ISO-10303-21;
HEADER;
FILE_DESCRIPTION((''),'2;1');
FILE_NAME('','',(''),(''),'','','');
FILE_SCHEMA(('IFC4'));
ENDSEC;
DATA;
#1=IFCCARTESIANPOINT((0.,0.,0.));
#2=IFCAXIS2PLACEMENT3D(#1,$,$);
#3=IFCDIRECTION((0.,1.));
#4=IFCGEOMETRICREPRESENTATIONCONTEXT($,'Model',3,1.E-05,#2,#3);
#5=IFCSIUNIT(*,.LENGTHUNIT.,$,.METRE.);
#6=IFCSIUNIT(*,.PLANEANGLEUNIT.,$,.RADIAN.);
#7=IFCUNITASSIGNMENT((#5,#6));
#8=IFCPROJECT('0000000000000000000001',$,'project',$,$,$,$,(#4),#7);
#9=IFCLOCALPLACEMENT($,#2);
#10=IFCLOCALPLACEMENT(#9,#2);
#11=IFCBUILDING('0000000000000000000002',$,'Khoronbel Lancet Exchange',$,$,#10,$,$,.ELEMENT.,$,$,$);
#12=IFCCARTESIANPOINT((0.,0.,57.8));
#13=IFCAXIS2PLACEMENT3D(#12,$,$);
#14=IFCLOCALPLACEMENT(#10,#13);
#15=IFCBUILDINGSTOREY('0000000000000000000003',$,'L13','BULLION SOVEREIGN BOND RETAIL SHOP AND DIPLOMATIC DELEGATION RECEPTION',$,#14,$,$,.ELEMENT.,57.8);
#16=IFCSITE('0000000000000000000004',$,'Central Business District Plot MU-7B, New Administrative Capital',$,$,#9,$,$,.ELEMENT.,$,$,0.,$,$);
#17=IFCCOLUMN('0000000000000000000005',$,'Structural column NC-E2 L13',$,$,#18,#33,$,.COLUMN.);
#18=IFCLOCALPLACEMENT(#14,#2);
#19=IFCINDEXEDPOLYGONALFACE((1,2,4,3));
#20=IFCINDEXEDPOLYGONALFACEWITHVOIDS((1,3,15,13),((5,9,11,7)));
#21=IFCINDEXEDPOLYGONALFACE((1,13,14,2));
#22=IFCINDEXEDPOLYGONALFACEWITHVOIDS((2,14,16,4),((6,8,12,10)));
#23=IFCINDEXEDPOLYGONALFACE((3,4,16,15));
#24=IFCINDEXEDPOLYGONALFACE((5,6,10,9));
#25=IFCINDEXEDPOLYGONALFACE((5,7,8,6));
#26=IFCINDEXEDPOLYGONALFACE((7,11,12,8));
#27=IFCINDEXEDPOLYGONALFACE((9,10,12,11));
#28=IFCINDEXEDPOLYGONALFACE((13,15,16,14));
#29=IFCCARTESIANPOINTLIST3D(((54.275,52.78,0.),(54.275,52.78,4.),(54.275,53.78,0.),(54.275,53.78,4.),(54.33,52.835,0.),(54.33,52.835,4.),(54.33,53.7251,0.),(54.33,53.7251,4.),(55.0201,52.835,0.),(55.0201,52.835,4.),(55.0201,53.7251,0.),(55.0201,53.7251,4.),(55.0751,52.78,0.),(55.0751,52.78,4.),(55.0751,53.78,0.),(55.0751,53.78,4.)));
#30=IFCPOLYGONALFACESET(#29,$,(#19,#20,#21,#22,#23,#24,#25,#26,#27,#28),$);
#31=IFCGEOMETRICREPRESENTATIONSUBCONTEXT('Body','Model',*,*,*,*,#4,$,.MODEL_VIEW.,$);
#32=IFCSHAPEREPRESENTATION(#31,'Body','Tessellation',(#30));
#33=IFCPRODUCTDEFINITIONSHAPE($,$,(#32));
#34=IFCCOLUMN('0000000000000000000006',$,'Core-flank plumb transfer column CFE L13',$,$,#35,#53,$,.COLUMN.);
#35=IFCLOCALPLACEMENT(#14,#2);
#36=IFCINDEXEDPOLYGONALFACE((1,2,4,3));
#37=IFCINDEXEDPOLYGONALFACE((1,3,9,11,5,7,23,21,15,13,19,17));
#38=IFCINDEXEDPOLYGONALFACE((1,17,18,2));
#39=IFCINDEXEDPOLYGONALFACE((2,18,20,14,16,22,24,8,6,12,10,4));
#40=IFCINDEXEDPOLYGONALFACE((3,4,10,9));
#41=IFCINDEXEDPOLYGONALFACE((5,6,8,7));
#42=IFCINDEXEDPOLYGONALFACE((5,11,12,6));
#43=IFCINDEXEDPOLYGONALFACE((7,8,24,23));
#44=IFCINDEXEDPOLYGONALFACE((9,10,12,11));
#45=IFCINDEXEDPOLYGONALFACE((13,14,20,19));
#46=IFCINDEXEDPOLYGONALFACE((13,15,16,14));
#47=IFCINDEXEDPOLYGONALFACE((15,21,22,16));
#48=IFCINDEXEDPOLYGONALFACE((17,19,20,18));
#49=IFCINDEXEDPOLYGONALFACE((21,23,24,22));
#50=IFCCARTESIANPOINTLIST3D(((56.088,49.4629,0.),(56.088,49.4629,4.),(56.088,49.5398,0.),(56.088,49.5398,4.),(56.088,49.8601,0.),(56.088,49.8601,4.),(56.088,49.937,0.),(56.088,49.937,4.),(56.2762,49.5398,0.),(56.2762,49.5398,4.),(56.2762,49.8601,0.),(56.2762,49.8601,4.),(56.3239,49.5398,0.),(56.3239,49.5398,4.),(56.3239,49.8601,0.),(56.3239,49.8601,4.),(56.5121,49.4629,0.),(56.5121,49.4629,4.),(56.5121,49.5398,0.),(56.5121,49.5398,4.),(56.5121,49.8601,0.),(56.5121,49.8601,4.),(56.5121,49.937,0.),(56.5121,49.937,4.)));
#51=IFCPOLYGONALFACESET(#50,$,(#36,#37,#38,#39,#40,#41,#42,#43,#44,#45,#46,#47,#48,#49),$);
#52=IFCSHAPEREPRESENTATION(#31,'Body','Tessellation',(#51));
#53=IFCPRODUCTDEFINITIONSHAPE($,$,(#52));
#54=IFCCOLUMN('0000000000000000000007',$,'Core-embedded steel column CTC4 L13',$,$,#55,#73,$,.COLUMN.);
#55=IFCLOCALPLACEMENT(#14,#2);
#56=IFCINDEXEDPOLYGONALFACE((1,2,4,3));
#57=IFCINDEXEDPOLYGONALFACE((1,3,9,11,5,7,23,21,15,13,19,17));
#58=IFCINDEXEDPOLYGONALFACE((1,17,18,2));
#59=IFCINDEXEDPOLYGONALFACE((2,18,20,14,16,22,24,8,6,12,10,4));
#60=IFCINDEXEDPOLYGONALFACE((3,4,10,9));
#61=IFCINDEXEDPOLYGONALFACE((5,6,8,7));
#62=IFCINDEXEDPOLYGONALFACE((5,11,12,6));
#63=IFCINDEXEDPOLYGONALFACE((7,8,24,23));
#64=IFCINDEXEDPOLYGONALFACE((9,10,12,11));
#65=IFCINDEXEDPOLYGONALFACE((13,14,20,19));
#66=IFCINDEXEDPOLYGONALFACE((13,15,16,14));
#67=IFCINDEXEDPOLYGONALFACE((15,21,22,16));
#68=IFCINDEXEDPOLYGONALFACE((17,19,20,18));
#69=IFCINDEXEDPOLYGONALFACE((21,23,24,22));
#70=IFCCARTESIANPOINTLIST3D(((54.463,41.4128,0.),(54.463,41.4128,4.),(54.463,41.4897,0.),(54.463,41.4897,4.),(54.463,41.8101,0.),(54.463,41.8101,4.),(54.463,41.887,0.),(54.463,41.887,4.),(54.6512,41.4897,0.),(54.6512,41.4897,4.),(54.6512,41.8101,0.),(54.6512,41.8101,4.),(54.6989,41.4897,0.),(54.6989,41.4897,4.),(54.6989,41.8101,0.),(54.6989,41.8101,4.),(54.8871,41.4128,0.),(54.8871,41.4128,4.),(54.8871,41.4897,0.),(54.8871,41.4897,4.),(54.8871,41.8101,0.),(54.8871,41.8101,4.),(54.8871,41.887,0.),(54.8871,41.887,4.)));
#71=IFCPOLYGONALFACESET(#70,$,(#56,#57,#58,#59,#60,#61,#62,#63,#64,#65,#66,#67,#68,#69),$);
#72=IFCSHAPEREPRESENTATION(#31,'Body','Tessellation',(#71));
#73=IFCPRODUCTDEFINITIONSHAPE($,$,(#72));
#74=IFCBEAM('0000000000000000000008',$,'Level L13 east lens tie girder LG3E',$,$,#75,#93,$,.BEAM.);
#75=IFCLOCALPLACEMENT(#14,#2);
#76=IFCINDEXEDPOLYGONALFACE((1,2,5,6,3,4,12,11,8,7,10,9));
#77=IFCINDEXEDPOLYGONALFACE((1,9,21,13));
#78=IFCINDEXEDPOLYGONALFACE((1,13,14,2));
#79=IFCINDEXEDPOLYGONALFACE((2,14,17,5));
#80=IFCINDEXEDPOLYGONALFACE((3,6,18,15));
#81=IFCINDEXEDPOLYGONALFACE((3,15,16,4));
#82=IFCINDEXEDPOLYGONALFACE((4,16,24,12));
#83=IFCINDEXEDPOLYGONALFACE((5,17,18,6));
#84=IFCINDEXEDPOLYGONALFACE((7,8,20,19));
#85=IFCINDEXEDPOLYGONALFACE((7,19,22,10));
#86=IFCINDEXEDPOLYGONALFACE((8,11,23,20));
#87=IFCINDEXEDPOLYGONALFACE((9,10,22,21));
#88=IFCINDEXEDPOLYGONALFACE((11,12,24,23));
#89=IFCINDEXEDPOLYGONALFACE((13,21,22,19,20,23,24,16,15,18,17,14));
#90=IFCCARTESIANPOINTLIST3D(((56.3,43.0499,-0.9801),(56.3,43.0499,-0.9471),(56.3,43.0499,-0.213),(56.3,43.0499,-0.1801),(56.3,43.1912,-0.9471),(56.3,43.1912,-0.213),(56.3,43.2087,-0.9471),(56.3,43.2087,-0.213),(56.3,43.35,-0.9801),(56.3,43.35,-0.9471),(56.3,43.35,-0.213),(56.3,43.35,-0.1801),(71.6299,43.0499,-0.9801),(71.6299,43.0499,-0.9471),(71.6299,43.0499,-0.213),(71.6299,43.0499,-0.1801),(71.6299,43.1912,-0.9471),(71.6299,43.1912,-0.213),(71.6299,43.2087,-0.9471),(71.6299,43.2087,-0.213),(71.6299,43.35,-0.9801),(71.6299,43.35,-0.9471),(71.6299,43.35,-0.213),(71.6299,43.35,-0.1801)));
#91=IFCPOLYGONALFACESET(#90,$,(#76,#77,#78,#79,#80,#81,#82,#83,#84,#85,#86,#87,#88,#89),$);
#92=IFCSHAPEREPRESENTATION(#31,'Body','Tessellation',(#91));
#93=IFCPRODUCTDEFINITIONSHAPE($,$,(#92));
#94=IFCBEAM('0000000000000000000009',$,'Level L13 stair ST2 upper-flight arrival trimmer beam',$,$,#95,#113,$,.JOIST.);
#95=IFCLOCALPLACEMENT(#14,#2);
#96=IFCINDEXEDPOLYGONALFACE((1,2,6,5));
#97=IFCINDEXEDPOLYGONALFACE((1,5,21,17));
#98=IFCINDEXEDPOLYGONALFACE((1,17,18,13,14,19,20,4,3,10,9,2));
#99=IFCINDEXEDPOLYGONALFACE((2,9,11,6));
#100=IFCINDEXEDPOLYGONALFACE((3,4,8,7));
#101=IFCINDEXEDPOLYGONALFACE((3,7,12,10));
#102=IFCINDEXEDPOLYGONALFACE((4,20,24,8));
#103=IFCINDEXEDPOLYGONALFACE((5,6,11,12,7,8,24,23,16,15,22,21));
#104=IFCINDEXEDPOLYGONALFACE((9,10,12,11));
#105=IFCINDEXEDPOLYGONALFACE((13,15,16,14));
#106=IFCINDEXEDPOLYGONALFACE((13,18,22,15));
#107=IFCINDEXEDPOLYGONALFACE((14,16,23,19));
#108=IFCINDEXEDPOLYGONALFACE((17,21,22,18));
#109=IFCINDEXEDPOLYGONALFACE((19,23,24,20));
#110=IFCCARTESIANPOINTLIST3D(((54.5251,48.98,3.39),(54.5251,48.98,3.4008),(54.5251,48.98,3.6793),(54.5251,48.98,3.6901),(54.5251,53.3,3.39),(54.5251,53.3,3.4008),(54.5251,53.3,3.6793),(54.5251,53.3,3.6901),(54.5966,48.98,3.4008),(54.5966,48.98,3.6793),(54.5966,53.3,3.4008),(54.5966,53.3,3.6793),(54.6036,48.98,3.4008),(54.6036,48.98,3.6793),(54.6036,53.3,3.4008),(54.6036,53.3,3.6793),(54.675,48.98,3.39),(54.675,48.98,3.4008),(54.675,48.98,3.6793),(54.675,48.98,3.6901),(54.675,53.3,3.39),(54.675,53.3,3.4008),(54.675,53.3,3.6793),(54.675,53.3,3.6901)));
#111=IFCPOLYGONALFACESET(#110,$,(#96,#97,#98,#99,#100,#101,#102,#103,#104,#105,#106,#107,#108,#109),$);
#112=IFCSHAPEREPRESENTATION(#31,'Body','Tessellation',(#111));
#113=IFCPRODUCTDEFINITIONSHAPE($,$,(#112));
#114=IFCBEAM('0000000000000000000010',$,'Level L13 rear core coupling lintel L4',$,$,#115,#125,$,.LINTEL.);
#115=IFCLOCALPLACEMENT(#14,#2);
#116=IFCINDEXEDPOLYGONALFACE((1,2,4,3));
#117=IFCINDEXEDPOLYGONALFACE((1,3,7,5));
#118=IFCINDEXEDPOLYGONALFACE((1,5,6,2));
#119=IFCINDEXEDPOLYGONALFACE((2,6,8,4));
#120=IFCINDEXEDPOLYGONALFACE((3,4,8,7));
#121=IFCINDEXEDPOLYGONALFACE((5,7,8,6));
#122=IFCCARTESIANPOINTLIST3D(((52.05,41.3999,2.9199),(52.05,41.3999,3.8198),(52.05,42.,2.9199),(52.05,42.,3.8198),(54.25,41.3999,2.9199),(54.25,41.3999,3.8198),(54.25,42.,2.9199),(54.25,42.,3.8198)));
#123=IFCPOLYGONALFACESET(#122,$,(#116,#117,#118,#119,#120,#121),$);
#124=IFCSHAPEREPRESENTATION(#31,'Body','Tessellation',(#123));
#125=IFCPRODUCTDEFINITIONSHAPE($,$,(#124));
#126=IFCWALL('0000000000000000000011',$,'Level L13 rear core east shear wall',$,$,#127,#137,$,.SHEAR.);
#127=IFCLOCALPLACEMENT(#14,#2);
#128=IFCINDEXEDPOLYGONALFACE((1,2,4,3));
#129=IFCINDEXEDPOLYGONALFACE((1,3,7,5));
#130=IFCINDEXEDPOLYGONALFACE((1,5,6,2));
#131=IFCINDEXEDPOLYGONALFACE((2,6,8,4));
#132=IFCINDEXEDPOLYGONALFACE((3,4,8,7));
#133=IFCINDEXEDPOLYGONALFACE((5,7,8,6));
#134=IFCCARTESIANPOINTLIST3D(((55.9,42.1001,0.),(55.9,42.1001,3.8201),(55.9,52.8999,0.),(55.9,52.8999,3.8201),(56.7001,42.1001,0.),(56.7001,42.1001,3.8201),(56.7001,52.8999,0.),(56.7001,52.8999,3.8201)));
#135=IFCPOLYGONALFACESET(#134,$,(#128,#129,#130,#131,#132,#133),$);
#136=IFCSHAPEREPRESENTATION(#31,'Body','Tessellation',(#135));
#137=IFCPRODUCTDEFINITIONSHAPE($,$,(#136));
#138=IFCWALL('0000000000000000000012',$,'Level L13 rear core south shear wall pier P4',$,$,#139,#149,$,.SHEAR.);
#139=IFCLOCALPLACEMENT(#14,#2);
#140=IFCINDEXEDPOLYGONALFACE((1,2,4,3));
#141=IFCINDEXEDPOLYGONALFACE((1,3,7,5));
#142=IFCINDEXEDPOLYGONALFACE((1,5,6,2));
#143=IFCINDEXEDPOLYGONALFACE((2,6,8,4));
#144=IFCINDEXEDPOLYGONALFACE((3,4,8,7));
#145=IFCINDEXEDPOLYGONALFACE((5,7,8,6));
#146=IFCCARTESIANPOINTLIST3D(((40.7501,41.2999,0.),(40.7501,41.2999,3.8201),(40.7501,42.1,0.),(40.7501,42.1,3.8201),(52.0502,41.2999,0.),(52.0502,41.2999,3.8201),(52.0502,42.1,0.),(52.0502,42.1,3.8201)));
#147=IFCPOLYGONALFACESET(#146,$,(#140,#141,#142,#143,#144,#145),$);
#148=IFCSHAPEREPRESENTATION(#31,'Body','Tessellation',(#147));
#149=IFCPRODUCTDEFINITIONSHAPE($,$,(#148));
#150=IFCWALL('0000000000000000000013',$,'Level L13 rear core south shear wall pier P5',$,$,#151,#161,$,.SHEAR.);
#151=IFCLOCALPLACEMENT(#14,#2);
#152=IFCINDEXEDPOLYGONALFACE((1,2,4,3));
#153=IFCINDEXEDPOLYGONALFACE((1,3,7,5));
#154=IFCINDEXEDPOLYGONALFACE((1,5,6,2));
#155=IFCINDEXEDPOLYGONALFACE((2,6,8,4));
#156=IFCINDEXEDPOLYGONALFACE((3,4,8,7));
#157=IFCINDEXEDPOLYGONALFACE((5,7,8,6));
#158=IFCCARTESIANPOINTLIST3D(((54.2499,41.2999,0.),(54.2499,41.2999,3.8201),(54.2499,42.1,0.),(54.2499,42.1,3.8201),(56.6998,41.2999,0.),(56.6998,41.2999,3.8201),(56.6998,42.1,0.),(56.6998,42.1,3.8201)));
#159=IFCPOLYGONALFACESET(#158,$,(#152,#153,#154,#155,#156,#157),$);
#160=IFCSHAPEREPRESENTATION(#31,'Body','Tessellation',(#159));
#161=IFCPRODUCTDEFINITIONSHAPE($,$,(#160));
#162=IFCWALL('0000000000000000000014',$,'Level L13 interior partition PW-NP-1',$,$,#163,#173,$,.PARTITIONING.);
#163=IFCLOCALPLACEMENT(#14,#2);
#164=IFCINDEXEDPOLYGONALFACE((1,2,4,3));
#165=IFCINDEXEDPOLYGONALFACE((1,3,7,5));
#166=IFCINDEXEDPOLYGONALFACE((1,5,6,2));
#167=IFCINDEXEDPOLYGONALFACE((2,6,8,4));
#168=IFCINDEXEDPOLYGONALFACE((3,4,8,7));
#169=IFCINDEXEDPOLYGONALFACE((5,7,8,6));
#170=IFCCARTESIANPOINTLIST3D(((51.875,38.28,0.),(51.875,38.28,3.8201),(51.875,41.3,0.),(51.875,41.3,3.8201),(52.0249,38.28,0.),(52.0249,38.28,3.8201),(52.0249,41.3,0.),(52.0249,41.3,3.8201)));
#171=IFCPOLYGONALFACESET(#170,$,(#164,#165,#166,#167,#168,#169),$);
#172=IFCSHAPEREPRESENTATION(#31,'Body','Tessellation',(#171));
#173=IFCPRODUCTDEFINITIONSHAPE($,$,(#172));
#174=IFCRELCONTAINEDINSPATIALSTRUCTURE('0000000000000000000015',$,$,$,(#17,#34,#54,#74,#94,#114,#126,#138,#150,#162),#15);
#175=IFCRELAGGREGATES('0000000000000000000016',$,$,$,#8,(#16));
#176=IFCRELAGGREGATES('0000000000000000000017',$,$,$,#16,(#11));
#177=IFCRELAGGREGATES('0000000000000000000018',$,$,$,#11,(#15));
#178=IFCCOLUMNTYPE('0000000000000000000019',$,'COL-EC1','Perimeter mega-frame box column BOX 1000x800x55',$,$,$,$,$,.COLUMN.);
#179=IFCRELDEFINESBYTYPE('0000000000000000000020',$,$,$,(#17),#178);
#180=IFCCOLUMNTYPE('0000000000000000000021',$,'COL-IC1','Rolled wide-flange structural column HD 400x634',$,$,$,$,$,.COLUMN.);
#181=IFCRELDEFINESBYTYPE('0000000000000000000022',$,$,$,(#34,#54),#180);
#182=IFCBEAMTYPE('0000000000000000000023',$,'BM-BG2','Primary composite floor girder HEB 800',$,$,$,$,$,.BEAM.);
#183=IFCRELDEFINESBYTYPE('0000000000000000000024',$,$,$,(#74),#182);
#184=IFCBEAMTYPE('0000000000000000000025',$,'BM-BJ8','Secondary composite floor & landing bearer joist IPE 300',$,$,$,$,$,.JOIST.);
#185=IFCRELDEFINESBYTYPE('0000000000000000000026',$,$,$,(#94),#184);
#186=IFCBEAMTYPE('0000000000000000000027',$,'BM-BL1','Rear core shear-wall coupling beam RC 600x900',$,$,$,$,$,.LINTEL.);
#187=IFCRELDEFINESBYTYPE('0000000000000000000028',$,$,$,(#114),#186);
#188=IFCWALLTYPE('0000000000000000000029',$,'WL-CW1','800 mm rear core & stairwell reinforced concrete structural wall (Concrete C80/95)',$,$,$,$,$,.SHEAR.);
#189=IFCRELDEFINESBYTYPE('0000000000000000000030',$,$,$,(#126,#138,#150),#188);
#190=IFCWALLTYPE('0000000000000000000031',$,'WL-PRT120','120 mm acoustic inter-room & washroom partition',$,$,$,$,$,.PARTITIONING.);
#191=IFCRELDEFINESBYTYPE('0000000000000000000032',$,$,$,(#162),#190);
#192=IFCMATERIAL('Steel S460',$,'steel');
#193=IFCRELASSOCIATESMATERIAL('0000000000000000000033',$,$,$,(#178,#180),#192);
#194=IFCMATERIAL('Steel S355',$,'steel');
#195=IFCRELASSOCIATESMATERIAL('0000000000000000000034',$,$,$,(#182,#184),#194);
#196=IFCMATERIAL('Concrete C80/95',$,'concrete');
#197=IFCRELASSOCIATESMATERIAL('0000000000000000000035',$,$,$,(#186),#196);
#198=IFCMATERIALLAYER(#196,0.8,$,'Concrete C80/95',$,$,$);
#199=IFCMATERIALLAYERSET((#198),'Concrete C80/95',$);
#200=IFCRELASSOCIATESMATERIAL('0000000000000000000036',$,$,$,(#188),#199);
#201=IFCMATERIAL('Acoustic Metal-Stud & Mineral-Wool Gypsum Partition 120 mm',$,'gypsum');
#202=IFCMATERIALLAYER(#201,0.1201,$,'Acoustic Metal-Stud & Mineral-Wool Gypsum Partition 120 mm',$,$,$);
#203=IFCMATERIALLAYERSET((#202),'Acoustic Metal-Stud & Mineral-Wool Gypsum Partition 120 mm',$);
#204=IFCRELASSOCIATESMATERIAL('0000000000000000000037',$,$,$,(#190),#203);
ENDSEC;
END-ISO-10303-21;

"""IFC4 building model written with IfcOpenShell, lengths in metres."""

from ifc_helpers import new_model, si_unit, direction, frame, frame_2d, origin, origin_2d, place, context, subcontext, project, spatial, rectangle, hollow_rectangle, i_section, extrude, material, layer, layer_set, material_profile, profile_set, type_object, element, save


model = new_model("IFC4")

# Units and contexts
model_context = context("Model", 3, precision=1e-05, world=origin(), true_north=direction((0.0, 1.0)))
body_context = subcontext(model_context, "Body", "Model", "MODEL_VIEW")
ifc_project = project(units=[si_unit("LENGTHUNIT", "METRE"), si_unit("PLANEANGLEUNIT", "RADIAN")], contexts=[model_context])

# Site, building, storey
site_placement = place(None, origin())
site = spatial("IfcSite", under=ifc_project, at=site_placement, Name="Central Business District Plot MU-7B, New Administrative Capital", CompositionType="ELEMENT", RefElevation=0.0)
building_placement = place(site_placement, origin())
building = spatial("IfcBuilding", under=site, at=building_placement, Name="Khoronbel Lancet Exchange", CompositionType="ELEMENT")
storey_placement = place(building_placement, frame((0.0, 0.0, 57.8)))
storey = spatial("IfcBuildingStorey", under=building, at=storey_placement, Name="L13", Description="BULLION SOVEREIGN BOND RETAIL SHOP AND DIPLOMATIC DELEGATION RECEPTION", CompositionType="ELEMENT", Elevation=57.8)

# Columns
ifc_material_1 = material(Name="Steel S460", Category="steel")
ifc_material_profile_1 = material_profile(ifc_material_1, hollow_rectangle(XDim=0.8, YDim=1.0, WallThickness=0.0549, at=origin_2d()), Name="BOX 1000x800x55")
ifc_profile_set_1 = profile_set([ifc_material_profile_1], Name="Steel S460")
column_type_1 = type_object("IfcColumnType", Name="COL-EC1", Description="Perimeter mega-frame box column BOX 1000x800x55", PredefinedType="COLUMN", material=ifc_profile_set_1)
column_placement = place(storey_placement, frame((54.675, 53.28, 0.0), z_axis=(0.0, 0.0, 1.0), x_axis=(1.0, 0.0, 0.0)))
element("IfcColumn", 1, at=column_placement, inside=storey, type_object=column_type_1, Name="Structural column NC-E2 L13", PredefinedType="COLUMN", context=body_context, shape_type="SweptSolid", body=[
    extrude(hollow_rectangle(XDim=0.8, YDim=1.0, WallThickness=0.0549, at=origin_2d()), origin(), (0.0, 0.0, 1.0), 4.0),
])
ifc_material_profile_2 = material_profile(ifc_material_1, i_section(OverallWidth=0.4241, OverallDepth=0.4741, WebThickness=0.0476, FlangeThickness=0.0769, at=origin_2d()), Name="HD 400x634")
ifc_profile_set_2 = profile_set([ifc_material_profile_2], Name="Steel S460")
column_type_2 = type_object("IfcColumnType", Name="COL-IC1", Description="Rolled wide-flange structural column HD 400x634", PredefinedType="COLUMN", material=ifc_profile_set_2)
for number, where, z_axis, x_axis, name in (
    (2, (56.3, 49.7, 0.0), (0.0, 0.0, 1.0), (1.0, 0.0, 0.0), "Core-flank plumb transfer column CFE L13"),
    (3, (54.675, 41.6499, 0.0), (0.0, 0.0, 1.0), (1.0, 0.0, 0.0), "Core-embedded steel column CTC4 L13"),
):
    element("IfcColumn", number, at=place(storey_placement, frame(where, z_axis=z_axis, x_axis=x_axis)), inside=storey, type_object=column_type_2, Name=name, PredefinedType="COLUMN", context=body_context, shape_type="SweptSolid", body=[
        extrude(i_section(OverallWidth=0.4241, OverallDepth=0.4741, WebThickness=0.0476, FlangeThickness=0.0769, at=origin_2d()), origin(), (0.0, 0.0, 1.0), 4.0),
    ])

# Beams
ifc_material_2 = material(Name="Steel S355", Category="steel")
ifc_material_profile_3 = material_profile(ifc_material_2, i_section(OverallWidth=0.3, OverallDepth=0.8, WebThickness=0.0176, FlangeThickness=0.033, at=origin_2d()), Name="HEB 800")
ifc_profile_set_3 = profile_set([ifc_material_profile_3], Name="Steel S355")
beam_type_1 = type_object("IfcBeamType", Name="BM-BG2", Description="Primary composite floor girder HEB 800", PredefinedType="BEAM", material=ifc_profile_set_3)
beam_1_placement = place(storey_placement, frame((56.3, 43.2, -0.5801), z_axis=(1.0, 0.0, 0.0), x_axis=(0.0, 1.0, 0.0)))
element("IfcBeam", 4, at=beam_1_placement, inside=storey, type_object=beam_type_1, Name="Level L13 east lens tie girder LG3E", PredefinedType="BEAM", context=body_context, shape_type="SweptSolid", body=[
    extrude(i_section(OverallWidth=0.3, OverallDepth=0.8, WebThickness=0.0176, FlangeThickness=0.033, at=origin_2d()), origin(), (0.0, 0.0, 1.0), 15.3298),
])
ifc_material_profile_4 = material_profile(ifc_material_2, i_section(OverallWidth=0.1499, OverallDepth=0.3, WebThickness=0.0071, FlangeThickness=0.0107, at=origin_2d()), Name="IPE 300")
ifc_profile_set_4 = profile_set([ifc_material_profile_4], Name="Steel S355")
beam_type_2 = type_object("IfcBeamType", Name="BM-BJ8", Description="Secondary composite floor & landing bearer joist IPE 300", PredefinedType="JOIST", material=ifc_profile_set_4)
beam_2_placement = place(storey_placement, frame((54.6001, 48.98, 3.54), z_axis=(0.0, 1.0, 0.0), x_axis=(-1.0, 0.0, 0.0)))
element("IfcBeam", 5, at=beam_2_placement, inside=storey, type_object=beam_type_2, Name="Level L13 stair ST2 upper-flight arrival trimmer beam", PredefinedType="JOIST", context=body_context, shape_type="SweptSolid", body=[
    extrude(i_section(OverallWidth=0.1499, OverallDepth=0.3, WebThickness=0.0071, FlangeThickness=0.0107, at=origin_2d()), origin(), (0.0, 0.0, 1.0), 4.3201),
])
ifc_material_3 = material(Name="Concrete C80/95", Category="concrete")
ifc_material_profile_5 = material_profile(ifc_material_3, rectangle(XDim=0.6001, YDim=0.8999, at=origin_2d()), Name="RC 600x900")
ifc_profile_set_5 = profile_set([ifc_material_profile_5], Name="Concrete C80/95")
beam_type_3 = type_object("IfcBeamType", Name="BM-BL1", Description="Rear core shear-wall coupling beam RC 600x900", PredefinedType="LINTEL", material=ifc_profile_set_5)
beam_3_placement = place(storey_placement, frame((52.05, 41.7, 3.3699), z_axis=(1.0, 0.0, 0.0), x_axis=(0.0, 1.0, 0.0)))
element("IfcBeam", 6, at=beam_3_placement, inside=storey, type_object=beam_type_3, Name="Level L13 rear core coupling lintel L4", PredefinedType="LINTEL", context=body_context, shape_type="SweptSolid", body=[
    extrude(rectangle(XDim=0.6001, YDim=0.8999, at=origin_2d()), origin(), (0.0, 0.0, 1.0), 2.2),
])

# Walls
ifc_layer_1 = layer(ifc_material_3, 0.8, Name="Concrete C80/95")
ifc_layer_set_1 = layer_set([ifc_layer_1], Name="Concrete C80/95")
wall_type_1 = type_object("IfcWallType", Name="WL-CW1", Description="800 mm rear core & stairwell reinforced concrete structural wall (Concrete C80/95)", PredefinedType="SHEAR", material=ifc_layer_set_1)
wall_1_placement = place(storey_placement, frame((56.3, 52.8999, 0.0), z_axis=(0.0, 0.0, 1.0), x_axis=(0.0, -1.0, 0.0)))
element("IfcWall", 7, at=wall_1_placement, inside=storey, type_object=wall_type_1, Name="Level L13 rear core east shear wall", PredefinedType="SHEAR", context=body_context, shape_type="SweptSolid", body=[
    extrude(rectangle(XDim=10.7998, YDim=0.8, at=frame_2d((5.3999, 0.0))), origin(), (0.0, 0.0, 1.0), 3.8201),
])
wall_2_placement = place(storey_placement, frame((52.05, 41.7, 0.0), z_axis=(0.0, 0.0, 1.0), x_axis=(-1.0, 0.0, 0.0)))
element("IfcWall", 8, at=wall_2_placement, inside=storey, type_object=wall_type_1, Name="Level L13 rear core south shear wall pier P4", PredefinedType="SHEAR", context=body_context, shape_type="SweptSolid", body=[
    extrude(rectangle(XDim=11.3, YDim=0.8, at=frame_2d((5.6499, 0.0))), origin(), (0.0, 0.0, 1.0), 3.8201),
])
wall_3_placement = place(storey_placement, frame((56.7, 41.7, 0.0), z_axis=(0.0, 0.0, 1.0), x_axis=(-1.0, 0.0, 0.0)))
element("IfcWall", 9, at=wall_3_placement, inside=storey, type_object=wall_type_1, Name="Level L13 rear core south shear wall pier P5", PredefinedType="SHEAR", context=body_context, shape_type="SweptSolid", body=[
    extrude(rectangle(XDim=2.45, YDim=0.8, at=frame_2d((1.2251, 0.0))), origin(), (0.0, 0.0, 1.0), 3.8201),
])
ifc_material_4 = material(Name="Acoustic Metal-Stud & Mineral-Wool Gypsum Partition 120 mm", Category="gypsum")
ifc_layer_2 = layer(ifc_material_4, 0.1201, Name="Acoustic Metal-Stud & Mineral-Wool Gypsum Partition 120 mm")
ifc_layer_set_2 = layer_set([ifc_layer_2], Name="Acoustic Metal-Stud & Mineral-Wool Gypsum Partition 120 mm")
wall_type_2 = type_object("IfcWallType", Name="WL-PRT120", Description="120 mm acoustic inter-room & washroom partition", PredefinedType="PARTITIONING", material=ifc_layer_set_2)
wall_4_placement = place(storey_placement, frame((51.95, 38.28, 0.0), z_axis=(0.0, 0.0, 1.0), x_axis=(0.0, 1.0, 0.0)))
element("IfcWall", 10, at=wall_4_placement, inside=storey, type_object=wall_type_2, Name="Level L13 interior partition PW-NP-1", PredefinedType="PARTITIONING", context=body_context, shape_type="SweptSolid", body=[
    extrude(rectangle(XDim=3.02, YDim=0.1499, at=frame_2d((1.51, 0.0))), origin(), (0.0, 0.0, 1.0), 3.8201),
])

save(model, "model.ifc")
